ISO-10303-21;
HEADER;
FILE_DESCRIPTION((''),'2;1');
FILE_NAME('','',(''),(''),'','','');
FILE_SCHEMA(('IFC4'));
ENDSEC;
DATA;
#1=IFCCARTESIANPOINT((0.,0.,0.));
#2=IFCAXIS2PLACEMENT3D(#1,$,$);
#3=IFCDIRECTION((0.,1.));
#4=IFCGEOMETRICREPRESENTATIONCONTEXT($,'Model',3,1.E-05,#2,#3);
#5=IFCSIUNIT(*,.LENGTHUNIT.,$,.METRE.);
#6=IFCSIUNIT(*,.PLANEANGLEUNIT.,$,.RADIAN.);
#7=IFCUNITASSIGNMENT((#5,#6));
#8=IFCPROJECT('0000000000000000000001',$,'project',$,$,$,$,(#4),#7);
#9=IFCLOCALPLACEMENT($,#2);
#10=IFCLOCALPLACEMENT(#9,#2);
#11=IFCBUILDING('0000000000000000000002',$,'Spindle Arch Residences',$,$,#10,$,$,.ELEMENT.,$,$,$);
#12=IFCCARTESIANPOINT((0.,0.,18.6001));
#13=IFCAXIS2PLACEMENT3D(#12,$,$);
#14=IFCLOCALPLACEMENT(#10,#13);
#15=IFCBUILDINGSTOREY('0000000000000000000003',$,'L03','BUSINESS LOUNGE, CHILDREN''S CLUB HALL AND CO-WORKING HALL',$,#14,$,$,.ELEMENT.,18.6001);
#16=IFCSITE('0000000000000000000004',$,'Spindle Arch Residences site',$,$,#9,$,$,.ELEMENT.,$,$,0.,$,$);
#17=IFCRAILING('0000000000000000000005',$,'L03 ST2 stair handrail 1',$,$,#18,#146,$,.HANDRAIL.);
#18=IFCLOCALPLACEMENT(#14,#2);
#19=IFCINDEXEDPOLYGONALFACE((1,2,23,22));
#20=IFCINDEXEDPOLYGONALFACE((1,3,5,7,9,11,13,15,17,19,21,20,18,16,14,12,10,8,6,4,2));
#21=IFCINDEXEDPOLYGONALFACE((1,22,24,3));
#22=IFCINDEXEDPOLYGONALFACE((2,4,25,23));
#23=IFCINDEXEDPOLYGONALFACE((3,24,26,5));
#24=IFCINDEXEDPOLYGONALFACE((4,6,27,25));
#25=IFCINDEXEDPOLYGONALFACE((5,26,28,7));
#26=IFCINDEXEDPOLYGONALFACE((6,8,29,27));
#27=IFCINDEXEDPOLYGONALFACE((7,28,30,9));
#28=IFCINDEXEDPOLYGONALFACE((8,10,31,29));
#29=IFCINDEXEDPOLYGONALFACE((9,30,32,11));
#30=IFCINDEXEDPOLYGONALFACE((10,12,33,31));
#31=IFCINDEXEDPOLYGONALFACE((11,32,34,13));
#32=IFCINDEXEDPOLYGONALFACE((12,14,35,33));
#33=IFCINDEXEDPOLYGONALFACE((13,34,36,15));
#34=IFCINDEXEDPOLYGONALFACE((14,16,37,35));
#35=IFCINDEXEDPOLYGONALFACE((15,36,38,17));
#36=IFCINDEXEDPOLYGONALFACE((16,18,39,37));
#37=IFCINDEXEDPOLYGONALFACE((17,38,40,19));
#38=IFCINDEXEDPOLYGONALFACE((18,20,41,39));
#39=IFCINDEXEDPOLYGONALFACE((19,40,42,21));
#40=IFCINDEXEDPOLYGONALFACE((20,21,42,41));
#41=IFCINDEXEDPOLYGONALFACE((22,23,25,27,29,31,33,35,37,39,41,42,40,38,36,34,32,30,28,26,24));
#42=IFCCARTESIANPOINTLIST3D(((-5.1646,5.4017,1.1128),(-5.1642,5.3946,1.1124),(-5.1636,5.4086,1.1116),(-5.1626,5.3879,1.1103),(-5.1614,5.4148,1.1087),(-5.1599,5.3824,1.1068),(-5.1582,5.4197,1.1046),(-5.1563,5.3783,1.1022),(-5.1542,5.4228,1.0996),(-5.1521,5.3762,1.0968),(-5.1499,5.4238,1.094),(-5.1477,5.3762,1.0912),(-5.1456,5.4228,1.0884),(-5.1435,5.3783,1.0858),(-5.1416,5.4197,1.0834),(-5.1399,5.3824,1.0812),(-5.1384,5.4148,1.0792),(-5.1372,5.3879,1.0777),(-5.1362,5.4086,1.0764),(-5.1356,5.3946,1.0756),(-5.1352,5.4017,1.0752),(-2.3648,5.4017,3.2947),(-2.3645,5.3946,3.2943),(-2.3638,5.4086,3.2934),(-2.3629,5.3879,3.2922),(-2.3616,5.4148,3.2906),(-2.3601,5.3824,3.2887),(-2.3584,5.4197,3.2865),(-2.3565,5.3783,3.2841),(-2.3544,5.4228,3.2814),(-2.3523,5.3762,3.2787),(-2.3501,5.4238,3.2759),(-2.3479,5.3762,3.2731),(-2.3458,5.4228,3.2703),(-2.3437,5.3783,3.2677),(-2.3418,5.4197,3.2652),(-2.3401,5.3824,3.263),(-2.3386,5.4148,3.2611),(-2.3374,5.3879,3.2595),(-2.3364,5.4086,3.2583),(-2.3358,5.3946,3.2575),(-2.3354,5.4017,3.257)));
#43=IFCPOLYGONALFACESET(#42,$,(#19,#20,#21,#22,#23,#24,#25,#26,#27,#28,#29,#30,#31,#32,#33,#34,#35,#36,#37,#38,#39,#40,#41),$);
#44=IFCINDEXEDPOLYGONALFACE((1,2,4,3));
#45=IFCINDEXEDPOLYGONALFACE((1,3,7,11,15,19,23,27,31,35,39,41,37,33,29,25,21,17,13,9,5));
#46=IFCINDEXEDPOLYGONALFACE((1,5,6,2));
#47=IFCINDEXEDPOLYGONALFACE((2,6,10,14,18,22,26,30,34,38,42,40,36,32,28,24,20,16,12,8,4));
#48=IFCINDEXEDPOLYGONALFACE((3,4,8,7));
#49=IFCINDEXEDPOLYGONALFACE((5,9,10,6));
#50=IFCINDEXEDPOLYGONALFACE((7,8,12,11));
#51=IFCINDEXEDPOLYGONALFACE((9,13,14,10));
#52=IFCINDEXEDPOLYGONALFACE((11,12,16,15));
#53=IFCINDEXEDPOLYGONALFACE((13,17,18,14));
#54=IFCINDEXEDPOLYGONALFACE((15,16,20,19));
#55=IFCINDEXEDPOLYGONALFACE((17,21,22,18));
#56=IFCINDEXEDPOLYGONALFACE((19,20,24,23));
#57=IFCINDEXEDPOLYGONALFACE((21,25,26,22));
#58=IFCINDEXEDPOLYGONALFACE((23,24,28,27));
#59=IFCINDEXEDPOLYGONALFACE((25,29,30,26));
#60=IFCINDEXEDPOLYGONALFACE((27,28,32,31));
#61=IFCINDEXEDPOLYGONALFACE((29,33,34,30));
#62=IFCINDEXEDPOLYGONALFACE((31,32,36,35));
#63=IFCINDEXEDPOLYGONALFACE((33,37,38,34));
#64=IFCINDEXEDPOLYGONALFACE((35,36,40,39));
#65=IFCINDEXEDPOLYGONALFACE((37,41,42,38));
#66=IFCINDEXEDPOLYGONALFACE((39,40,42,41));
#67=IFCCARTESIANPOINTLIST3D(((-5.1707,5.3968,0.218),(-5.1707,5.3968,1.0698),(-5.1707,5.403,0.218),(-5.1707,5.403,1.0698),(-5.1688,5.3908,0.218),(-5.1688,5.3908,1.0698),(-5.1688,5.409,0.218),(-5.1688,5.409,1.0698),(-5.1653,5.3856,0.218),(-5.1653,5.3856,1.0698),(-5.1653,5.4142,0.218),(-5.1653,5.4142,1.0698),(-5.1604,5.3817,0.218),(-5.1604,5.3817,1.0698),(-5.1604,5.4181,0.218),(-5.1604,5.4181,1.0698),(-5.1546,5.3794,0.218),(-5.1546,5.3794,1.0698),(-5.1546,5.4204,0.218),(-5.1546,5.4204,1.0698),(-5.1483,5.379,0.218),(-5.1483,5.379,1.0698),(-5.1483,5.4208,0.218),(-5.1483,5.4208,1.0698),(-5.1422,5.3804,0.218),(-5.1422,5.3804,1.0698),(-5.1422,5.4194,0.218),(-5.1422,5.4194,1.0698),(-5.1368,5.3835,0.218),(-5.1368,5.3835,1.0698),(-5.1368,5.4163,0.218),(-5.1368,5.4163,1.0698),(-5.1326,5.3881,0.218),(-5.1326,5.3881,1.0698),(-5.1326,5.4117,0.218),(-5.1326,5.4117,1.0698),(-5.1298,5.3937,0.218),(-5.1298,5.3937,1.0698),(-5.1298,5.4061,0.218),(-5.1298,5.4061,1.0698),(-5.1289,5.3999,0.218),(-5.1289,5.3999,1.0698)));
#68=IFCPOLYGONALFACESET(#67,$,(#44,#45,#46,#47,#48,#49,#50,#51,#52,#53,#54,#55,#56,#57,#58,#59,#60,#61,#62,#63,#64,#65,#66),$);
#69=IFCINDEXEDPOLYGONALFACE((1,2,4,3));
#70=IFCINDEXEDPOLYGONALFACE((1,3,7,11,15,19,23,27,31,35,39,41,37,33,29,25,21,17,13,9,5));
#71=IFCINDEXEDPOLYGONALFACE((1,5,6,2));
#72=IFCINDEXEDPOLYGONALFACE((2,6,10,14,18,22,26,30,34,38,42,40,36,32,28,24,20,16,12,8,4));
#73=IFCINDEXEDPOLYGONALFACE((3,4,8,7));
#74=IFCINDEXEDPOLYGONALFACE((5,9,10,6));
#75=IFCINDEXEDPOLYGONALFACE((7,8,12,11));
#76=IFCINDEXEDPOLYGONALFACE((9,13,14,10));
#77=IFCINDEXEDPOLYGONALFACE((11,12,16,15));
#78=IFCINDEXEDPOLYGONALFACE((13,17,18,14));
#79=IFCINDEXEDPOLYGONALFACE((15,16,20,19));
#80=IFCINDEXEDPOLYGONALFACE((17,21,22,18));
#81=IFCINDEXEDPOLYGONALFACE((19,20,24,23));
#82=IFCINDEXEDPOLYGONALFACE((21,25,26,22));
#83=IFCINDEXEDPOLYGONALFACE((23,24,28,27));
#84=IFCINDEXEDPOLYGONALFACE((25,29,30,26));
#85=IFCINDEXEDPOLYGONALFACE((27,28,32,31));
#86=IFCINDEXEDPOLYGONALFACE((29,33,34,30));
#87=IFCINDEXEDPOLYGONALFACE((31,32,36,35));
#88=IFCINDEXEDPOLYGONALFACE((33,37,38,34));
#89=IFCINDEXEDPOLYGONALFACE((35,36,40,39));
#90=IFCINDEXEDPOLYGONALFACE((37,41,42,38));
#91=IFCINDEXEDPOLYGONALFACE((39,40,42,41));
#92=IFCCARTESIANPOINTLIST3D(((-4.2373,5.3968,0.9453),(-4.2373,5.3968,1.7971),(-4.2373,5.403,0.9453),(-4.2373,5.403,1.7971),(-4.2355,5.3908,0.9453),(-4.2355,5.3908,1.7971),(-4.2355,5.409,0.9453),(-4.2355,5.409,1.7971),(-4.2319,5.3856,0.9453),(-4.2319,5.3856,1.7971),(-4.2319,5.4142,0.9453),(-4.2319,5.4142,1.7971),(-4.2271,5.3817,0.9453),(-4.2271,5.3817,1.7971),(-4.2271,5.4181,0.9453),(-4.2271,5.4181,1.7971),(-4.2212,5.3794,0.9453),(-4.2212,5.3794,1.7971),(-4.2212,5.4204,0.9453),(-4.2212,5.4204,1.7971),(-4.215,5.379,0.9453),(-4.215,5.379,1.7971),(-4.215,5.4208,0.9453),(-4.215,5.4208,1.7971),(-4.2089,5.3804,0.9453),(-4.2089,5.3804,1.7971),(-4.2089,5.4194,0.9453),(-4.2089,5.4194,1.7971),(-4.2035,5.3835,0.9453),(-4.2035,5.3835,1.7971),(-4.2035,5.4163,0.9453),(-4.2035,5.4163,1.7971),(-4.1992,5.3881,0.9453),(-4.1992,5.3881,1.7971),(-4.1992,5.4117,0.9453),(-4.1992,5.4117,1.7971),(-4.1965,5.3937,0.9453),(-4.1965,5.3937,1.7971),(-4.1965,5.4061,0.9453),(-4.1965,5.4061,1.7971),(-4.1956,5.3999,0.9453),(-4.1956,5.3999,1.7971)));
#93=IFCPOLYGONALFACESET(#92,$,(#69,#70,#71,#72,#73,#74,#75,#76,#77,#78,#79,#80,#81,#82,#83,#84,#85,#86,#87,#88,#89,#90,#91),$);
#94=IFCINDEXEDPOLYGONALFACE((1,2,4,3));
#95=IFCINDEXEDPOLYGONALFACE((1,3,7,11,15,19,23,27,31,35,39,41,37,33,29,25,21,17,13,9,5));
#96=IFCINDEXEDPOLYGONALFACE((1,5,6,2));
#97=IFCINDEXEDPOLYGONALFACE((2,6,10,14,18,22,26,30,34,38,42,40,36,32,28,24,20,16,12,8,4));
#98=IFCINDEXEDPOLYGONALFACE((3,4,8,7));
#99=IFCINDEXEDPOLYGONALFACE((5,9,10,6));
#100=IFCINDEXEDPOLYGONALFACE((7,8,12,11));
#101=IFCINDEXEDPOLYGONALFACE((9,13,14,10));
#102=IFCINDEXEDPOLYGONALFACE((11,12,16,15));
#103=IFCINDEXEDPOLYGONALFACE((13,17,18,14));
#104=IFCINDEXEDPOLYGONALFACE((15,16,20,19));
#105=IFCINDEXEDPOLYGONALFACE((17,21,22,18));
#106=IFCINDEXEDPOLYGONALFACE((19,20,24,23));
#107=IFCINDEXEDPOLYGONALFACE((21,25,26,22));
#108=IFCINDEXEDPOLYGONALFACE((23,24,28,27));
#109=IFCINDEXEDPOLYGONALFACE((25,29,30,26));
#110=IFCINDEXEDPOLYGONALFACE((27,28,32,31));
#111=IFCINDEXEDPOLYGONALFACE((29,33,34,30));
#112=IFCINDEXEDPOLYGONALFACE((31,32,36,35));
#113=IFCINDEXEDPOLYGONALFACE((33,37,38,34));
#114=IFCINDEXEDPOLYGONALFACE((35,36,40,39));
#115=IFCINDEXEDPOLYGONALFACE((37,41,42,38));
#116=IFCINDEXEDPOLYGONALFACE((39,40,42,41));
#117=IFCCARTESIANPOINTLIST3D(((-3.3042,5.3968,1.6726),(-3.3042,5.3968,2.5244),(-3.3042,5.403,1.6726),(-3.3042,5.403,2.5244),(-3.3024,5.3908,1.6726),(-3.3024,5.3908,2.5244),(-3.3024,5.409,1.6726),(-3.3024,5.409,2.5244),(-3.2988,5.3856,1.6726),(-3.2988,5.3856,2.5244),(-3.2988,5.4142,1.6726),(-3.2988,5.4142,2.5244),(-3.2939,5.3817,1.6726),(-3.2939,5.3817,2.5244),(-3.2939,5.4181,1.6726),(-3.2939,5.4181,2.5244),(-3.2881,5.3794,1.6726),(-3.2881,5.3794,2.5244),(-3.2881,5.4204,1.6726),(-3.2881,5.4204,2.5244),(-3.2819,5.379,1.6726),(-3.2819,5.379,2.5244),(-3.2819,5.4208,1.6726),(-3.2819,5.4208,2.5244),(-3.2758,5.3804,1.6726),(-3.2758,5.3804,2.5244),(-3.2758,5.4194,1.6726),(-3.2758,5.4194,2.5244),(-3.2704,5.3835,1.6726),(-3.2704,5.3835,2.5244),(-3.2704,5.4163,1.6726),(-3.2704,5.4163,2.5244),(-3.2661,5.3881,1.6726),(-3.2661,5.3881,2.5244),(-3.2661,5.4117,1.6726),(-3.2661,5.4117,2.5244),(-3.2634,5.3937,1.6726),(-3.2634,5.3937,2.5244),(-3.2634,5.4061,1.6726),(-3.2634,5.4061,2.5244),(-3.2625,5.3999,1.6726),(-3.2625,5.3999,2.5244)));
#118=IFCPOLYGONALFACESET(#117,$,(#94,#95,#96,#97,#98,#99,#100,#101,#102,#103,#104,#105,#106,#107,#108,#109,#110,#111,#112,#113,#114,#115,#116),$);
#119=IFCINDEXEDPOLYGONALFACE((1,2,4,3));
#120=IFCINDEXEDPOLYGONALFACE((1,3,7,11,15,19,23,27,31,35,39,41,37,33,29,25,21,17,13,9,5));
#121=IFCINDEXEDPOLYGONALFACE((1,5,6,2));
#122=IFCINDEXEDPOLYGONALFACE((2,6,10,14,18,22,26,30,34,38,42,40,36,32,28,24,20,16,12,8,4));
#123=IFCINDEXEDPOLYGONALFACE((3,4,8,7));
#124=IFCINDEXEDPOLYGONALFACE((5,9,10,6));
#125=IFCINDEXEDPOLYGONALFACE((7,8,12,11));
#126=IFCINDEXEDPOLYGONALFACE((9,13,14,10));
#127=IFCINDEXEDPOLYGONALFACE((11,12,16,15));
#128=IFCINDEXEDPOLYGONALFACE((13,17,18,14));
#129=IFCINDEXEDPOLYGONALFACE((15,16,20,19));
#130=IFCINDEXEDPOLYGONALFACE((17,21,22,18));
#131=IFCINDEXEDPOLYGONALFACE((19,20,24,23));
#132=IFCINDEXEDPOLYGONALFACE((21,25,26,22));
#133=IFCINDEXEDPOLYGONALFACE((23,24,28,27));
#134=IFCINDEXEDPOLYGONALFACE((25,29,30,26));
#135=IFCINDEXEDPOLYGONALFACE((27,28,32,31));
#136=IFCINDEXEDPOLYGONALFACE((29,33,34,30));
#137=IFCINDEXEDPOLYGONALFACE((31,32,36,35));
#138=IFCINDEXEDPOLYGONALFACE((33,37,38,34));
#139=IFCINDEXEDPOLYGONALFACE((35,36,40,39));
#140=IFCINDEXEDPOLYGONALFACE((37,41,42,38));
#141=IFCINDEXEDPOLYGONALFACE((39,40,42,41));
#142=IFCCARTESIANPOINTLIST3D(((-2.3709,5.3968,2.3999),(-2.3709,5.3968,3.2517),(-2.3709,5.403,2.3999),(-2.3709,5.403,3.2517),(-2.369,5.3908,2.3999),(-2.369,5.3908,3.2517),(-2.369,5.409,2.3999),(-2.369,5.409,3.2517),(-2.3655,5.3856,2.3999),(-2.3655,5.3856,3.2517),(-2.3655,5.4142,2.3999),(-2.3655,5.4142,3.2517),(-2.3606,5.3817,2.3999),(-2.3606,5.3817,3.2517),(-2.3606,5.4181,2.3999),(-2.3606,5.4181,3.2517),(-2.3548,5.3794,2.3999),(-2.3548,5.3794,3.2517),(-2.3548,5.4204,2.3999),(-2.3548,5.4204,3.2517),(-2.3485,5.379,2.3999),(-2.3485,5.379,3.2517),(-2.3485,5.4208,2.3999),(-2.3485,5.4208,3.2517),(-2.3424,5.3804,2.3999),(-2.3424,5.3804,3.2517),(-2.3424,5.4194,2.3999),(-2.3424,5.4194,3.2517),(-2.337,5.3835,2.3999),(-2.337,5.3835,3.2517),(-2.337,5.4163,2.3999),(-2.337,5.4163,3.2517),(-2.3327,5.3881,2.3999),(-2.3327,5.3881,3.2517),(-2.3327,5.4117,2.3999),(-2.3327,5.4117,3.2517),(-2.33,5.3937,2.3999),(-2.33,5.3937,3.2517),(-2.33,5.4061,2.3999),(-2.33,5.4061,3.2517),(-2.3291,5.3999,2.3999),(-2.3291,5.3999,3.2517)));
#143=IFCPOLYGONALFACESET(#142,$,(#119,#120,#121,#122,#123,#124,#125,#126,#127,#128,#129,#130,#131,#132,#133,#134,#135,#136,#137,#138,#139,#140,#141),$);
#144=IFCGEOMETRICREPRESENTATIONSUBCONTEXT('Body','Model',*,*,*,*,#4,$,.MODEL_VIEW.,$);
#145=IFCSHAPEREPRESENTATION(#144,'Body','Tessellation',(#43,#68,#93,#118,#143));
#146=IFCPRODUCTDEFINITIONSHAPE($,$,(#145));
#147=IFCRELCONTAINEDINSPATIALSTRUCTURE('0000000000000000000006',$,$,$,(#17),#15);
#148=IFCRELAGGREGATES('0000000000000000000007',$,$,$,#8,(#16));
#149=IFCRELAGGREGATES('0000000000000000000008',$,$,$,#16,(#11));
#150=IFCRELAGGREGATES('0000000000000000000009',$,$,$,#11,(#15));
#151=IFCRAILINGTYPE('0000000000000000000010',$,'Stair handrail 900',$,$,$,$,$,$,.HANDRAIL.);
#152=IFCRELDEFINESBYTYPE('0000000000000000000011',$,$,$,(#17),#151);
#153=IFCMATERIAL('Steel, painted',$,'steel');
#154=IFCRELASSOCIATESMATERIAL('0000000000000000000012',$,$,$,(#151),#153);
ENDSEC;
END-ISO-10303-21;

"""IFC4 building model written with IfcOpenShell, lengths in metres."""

from ifc_helpers import new_model, si_unit, direction, frame, origin, origin_2d, place, context, subcontext, project, spatial, circle, extrude, material, type_object, element, save


model = new_model("IFC4")

# Units and contexts
model_context = context("Model", 3, precision=1e-05, world=origin(), true_north=direction((0.0, 1.0)))
body_context = subcontext(model_context, "Body", "Model", "MODEL_VIEW")
ifc_project = project(units=[si_unit("LENGTHUNIT", "METRE"), si_unit("PLANEANGLEUNIT", "RADIAN")], contexts=[model_context])

# Site, building, storey
site_placement = place(None, origin())
site = spatial("IfcSite", under=ifc_project, at=site_placement, Name="Spindle Arch Residences site", CompositionType="ELEMENT", RefElevation=0.0)
building_placement = place(site_placement, origin())
building = spatial("IfcBuilding", under=site, at=building_placement, Name="Spindle Arch Residences", CompositionType="ELEMENT")
storey_placement = place(building_placement, frame((0.0, 0.0, 18.6001)))
storey = spatial("IfcBuildingStorey", under=building, at=storey_placement, Name="L03", Description="BUSINESS LOUNGE, CHILDREN'S CLUB HALL AND CO-WORKING HALL", CompositionType="ELEMENT", Elevation=18.6001)

# Railing
ifc_material_1 = material(Name="Steel, painted", Category="steel")
railing_type_1 = type_object("IfcRailingType", Name="Stair handrail 900", PredefinedType="HANDRAIL", material=ifc_material_1)
railing_1_placement = place(storey_placement, frame((-5.1499, 5.3999, 0.218)))
element("IfcRailing", 1, at=railing_1_placement, inside=storey, type_object=railing_type_1, Name="L03 ST2 stair handrail 1", PredefinedType="HANDRAIL", context=body_context, shape_type="SweptSolid", body=[
    extrude(circle(Radius=0.0239, at=origin_2d()), frame((0.0, 0.0, 0.876), z_axis=(0.78877, 0.0, 0.614688), x_axis=(0.0, 1.0, 0.0)), (0.0, 0.0, 1.0), 3.5496),
    extrude(circle(Radius=0.021, at=origin_2d()), origin(), (0.0, 0.0, 1.0), 0.8518),
    extrude(circle(Radius=0.021, at=origin_2d()), frame((0.9333, 0.0, 0.7273)), (0.0, 0.0, 1.0), 0.8518),
    extrude(circle(Radius=0.021, at=origin_2d()), frame((1.8665, 0.0, 1.4546)), (0.0, 0.0, 1.0), 0.8518),
    extrude(circle(Radius=0.021, at=origin_2d()), frame((2.7998, 0.0, 2.1819)), (0.0, 0.0, 1.0), 0.8518),
])

save(model, "model.ifc")
